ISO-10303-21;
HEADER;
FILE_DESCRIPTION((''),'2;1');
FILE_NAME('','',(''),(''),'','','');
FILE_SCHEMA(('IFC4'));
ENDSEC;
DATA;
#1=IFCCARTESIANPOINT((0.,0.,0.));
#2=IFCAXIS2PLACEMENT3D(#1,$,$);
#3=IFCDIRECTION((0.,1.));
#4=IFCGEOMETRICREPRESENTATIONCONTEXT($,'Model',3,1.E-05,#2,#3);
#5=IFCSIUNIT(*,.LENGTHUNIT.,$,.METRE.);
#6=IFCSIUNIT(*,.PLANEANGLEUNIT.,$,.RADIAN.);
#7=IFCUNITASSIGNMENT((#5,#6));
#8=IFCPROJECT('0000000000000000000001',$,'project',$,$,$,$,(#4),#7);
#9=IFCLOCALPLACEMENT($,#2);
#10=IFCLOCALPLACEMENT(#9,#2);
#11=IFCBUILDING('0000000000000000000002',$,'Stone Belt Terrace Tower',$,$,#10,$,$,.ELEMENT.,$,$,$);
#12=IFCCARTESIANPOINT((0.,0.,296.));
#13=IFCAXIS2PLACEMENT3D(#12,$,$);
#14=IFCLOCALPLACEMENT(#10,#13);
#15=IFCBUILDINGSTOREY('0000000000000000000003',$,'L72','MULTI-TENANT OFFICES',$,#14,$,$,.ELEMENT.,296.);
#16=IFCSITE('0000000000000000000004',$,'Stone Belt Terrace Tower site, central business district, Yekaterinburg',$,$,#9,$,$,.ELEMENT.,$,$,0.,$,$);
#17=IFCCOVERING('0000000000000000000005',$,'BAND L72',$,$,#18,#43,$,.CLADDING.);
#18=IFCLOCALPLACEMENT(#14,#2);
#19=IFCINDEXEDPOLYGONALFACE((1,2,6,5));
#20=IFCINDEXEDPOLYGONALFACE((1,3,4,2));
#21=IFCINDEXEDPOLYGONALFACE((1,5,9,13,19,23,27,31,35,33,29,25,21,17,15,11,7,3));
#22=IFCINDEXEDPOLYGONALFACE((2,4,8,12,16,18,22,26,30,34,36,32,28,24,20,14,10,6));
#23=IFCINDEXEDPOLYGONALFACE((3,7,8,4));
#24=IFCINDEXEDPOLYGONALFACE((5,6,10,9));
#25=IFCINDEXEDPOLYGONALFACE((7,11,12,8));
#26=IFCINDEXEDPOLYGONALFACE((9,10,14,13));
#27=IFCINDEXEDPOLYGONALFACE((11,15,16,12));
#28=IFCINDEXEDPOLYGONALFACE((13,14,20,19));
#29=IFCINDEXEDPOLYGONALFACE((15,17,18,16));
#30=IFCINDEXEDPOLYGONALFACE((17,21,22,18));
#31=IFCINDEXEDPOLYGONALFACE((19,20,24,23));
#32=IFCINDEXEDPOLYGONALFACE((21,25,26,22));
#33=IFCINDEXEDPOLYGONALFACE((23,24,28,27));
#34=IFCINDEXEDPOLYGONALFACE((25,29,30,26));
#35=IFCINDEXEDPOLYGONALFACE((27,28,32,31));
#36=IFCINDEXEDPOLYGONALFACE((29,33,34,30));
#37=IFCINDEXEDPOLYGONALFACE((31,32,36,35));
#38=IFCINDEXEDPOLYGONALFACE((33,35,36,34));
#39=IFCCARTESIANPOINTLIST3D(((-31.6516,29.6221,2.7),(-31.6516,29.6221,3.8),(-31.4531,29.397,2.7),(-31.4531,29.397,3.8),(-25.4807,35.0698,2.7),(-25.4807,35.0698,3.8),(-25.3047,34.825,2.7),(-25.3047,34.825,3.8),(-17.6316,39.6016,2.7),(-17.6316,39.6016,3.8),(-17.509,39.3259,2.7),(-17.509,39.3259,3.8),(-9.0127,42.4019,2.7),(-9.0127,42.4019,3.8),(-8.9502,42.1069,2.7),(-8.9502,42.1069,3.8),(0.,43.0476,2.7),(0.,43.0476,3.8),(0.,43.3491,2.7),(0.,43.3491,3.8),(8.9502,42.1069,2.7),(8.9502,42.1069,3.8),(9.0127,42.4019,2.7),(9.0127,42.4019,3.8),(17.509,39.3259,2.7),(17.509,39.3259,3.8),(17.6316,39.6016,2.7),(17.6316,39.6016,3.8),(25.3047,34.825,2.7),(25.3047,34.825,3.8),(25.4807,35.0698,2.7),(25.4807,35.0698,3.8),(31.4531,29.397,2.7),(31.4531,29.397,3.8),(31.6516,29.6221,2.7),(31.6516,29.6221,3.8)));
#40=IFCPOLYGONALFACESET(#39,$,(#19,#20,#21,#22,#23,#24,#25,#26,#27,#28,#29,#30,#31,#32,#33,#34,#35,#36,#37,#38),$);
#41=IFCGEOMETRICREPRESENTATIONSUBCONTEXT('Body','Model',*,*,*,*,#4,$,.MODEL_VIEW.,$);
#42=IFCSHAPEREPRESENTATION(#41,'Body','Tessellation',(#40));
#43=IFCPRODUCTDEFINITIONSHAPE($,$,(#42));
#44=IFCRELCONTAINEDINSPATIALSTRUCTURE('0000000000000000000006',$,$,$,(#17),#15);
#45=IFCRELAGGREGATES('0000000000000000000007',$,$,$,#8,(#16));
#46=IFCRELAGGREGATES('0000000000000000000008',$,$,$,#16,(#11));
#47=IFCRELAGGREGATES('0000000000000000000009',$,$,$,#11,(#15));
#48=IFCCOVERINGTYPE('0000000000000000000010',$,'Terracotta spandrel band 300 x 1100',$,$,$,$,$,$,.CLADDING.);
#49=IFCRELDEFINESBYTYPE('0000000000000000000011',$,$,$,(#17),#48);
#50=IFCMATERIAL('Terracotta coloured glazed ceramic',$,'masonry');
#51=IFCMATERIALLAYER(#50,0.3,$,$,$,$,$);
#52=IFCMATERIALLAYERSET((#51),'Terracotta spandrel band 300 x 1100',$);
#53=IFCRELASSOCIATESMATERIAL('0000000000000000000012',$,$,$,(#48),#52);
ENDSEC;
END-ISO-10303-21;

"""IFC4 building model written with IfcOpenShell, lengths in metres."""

from ifc_helpers import new_model, si_unit, direction, frame, origin, place, context, subcontext, project, spatial, polyline, outline, extrude, material, layer, layer_set, type_object, element, save


model = new_model("IFC4")

# Units and contexts
model_context = context("Model", 3, precision=1e-05, world=origin(), true_north=direction((0.0, 1.0)))
body_context = subcontext(model_context, "Body", "Model", "MODEL_VIEW")
ifc_project = project(units=[si_unit("LENGTHUNIT", "METRE"), si_unit("PLANEANGLEUNIT", "RADIAN")], contexts=[model_context])

# Site, building, storey
site_placement = place(None, origin())
site = spatial("IfcSite", under=ifc_project, at=site_placement, Name="Stone Belt Terrace Tower site, central business district, Yekaterinburg", CompositionType="ELEMENT", RefElevation=0.0)
building_placement = place(site_placement, origin())
building = spatial("IfcBuilding", under=site, at=building_placement, Name="Stone Belt Terrace Tower", CompositionType="ELEMENT")
storey_placement = place(building_placement, frame((0.0, 0.0, 296.0)))
storey = spatial("IfcBuildingStorey", under=building, at=storey_placement, Name="L72", Description="MULTI-TENANT OFFICES", CompositionType="ELEMENT", Elevation=296.0)

# Covering
ifc_material_1 = material(Name="Terracotta coloured glazed ceramic", Category="masonry")
ifc_layer_1 = layer(ifc_material_1, 0.3)
ifc_layer_set_1 = layer_set([ifc_layer_1], Name="Terracotta spandrel band 300 x 1100")
covering_type = type_object("IfcCoveringType", Name="Terracotta spandrel band 300 x 1100", PredefinedType="CLADDING", material=ifc_layer_set_1)
covering_placement = place(storey_placement, frame((0.0, 0.0, 2.7)))
element("IfcCovering", 1, at=covering_placement, inside=storey, type_object=covering_type, Name="BAND L72", PredefinedType="CLADDING", context=body_context, shape_type="SweptSolid", body=[
    extrude(outline(polyline([(-31.6516, 29.6221), (-25.4807, 35.0698), (-17.6316, 39.6016), (-9.0127, 42.4019), (0.0, 43.3491), (9.0127, 42.4019), (17.6316, 39.6016), (25.4807, 35.0698), (31.6516, 29.6221), (31.4531, 29.397), (25.3047, 34.825), (17.509, 39.3259), (8.9502, 42.1069), (0.0, 43.0476), (-8.9502, 42.1069), (-17.509, 39.3259), (-25.3047, 34.825), (-31.4531, 29.397), (-31.6516, 29.6221)])), origin(), (0.0, 0.0, 1.0), 1.1001),
])

save(model, "model.ifc")
